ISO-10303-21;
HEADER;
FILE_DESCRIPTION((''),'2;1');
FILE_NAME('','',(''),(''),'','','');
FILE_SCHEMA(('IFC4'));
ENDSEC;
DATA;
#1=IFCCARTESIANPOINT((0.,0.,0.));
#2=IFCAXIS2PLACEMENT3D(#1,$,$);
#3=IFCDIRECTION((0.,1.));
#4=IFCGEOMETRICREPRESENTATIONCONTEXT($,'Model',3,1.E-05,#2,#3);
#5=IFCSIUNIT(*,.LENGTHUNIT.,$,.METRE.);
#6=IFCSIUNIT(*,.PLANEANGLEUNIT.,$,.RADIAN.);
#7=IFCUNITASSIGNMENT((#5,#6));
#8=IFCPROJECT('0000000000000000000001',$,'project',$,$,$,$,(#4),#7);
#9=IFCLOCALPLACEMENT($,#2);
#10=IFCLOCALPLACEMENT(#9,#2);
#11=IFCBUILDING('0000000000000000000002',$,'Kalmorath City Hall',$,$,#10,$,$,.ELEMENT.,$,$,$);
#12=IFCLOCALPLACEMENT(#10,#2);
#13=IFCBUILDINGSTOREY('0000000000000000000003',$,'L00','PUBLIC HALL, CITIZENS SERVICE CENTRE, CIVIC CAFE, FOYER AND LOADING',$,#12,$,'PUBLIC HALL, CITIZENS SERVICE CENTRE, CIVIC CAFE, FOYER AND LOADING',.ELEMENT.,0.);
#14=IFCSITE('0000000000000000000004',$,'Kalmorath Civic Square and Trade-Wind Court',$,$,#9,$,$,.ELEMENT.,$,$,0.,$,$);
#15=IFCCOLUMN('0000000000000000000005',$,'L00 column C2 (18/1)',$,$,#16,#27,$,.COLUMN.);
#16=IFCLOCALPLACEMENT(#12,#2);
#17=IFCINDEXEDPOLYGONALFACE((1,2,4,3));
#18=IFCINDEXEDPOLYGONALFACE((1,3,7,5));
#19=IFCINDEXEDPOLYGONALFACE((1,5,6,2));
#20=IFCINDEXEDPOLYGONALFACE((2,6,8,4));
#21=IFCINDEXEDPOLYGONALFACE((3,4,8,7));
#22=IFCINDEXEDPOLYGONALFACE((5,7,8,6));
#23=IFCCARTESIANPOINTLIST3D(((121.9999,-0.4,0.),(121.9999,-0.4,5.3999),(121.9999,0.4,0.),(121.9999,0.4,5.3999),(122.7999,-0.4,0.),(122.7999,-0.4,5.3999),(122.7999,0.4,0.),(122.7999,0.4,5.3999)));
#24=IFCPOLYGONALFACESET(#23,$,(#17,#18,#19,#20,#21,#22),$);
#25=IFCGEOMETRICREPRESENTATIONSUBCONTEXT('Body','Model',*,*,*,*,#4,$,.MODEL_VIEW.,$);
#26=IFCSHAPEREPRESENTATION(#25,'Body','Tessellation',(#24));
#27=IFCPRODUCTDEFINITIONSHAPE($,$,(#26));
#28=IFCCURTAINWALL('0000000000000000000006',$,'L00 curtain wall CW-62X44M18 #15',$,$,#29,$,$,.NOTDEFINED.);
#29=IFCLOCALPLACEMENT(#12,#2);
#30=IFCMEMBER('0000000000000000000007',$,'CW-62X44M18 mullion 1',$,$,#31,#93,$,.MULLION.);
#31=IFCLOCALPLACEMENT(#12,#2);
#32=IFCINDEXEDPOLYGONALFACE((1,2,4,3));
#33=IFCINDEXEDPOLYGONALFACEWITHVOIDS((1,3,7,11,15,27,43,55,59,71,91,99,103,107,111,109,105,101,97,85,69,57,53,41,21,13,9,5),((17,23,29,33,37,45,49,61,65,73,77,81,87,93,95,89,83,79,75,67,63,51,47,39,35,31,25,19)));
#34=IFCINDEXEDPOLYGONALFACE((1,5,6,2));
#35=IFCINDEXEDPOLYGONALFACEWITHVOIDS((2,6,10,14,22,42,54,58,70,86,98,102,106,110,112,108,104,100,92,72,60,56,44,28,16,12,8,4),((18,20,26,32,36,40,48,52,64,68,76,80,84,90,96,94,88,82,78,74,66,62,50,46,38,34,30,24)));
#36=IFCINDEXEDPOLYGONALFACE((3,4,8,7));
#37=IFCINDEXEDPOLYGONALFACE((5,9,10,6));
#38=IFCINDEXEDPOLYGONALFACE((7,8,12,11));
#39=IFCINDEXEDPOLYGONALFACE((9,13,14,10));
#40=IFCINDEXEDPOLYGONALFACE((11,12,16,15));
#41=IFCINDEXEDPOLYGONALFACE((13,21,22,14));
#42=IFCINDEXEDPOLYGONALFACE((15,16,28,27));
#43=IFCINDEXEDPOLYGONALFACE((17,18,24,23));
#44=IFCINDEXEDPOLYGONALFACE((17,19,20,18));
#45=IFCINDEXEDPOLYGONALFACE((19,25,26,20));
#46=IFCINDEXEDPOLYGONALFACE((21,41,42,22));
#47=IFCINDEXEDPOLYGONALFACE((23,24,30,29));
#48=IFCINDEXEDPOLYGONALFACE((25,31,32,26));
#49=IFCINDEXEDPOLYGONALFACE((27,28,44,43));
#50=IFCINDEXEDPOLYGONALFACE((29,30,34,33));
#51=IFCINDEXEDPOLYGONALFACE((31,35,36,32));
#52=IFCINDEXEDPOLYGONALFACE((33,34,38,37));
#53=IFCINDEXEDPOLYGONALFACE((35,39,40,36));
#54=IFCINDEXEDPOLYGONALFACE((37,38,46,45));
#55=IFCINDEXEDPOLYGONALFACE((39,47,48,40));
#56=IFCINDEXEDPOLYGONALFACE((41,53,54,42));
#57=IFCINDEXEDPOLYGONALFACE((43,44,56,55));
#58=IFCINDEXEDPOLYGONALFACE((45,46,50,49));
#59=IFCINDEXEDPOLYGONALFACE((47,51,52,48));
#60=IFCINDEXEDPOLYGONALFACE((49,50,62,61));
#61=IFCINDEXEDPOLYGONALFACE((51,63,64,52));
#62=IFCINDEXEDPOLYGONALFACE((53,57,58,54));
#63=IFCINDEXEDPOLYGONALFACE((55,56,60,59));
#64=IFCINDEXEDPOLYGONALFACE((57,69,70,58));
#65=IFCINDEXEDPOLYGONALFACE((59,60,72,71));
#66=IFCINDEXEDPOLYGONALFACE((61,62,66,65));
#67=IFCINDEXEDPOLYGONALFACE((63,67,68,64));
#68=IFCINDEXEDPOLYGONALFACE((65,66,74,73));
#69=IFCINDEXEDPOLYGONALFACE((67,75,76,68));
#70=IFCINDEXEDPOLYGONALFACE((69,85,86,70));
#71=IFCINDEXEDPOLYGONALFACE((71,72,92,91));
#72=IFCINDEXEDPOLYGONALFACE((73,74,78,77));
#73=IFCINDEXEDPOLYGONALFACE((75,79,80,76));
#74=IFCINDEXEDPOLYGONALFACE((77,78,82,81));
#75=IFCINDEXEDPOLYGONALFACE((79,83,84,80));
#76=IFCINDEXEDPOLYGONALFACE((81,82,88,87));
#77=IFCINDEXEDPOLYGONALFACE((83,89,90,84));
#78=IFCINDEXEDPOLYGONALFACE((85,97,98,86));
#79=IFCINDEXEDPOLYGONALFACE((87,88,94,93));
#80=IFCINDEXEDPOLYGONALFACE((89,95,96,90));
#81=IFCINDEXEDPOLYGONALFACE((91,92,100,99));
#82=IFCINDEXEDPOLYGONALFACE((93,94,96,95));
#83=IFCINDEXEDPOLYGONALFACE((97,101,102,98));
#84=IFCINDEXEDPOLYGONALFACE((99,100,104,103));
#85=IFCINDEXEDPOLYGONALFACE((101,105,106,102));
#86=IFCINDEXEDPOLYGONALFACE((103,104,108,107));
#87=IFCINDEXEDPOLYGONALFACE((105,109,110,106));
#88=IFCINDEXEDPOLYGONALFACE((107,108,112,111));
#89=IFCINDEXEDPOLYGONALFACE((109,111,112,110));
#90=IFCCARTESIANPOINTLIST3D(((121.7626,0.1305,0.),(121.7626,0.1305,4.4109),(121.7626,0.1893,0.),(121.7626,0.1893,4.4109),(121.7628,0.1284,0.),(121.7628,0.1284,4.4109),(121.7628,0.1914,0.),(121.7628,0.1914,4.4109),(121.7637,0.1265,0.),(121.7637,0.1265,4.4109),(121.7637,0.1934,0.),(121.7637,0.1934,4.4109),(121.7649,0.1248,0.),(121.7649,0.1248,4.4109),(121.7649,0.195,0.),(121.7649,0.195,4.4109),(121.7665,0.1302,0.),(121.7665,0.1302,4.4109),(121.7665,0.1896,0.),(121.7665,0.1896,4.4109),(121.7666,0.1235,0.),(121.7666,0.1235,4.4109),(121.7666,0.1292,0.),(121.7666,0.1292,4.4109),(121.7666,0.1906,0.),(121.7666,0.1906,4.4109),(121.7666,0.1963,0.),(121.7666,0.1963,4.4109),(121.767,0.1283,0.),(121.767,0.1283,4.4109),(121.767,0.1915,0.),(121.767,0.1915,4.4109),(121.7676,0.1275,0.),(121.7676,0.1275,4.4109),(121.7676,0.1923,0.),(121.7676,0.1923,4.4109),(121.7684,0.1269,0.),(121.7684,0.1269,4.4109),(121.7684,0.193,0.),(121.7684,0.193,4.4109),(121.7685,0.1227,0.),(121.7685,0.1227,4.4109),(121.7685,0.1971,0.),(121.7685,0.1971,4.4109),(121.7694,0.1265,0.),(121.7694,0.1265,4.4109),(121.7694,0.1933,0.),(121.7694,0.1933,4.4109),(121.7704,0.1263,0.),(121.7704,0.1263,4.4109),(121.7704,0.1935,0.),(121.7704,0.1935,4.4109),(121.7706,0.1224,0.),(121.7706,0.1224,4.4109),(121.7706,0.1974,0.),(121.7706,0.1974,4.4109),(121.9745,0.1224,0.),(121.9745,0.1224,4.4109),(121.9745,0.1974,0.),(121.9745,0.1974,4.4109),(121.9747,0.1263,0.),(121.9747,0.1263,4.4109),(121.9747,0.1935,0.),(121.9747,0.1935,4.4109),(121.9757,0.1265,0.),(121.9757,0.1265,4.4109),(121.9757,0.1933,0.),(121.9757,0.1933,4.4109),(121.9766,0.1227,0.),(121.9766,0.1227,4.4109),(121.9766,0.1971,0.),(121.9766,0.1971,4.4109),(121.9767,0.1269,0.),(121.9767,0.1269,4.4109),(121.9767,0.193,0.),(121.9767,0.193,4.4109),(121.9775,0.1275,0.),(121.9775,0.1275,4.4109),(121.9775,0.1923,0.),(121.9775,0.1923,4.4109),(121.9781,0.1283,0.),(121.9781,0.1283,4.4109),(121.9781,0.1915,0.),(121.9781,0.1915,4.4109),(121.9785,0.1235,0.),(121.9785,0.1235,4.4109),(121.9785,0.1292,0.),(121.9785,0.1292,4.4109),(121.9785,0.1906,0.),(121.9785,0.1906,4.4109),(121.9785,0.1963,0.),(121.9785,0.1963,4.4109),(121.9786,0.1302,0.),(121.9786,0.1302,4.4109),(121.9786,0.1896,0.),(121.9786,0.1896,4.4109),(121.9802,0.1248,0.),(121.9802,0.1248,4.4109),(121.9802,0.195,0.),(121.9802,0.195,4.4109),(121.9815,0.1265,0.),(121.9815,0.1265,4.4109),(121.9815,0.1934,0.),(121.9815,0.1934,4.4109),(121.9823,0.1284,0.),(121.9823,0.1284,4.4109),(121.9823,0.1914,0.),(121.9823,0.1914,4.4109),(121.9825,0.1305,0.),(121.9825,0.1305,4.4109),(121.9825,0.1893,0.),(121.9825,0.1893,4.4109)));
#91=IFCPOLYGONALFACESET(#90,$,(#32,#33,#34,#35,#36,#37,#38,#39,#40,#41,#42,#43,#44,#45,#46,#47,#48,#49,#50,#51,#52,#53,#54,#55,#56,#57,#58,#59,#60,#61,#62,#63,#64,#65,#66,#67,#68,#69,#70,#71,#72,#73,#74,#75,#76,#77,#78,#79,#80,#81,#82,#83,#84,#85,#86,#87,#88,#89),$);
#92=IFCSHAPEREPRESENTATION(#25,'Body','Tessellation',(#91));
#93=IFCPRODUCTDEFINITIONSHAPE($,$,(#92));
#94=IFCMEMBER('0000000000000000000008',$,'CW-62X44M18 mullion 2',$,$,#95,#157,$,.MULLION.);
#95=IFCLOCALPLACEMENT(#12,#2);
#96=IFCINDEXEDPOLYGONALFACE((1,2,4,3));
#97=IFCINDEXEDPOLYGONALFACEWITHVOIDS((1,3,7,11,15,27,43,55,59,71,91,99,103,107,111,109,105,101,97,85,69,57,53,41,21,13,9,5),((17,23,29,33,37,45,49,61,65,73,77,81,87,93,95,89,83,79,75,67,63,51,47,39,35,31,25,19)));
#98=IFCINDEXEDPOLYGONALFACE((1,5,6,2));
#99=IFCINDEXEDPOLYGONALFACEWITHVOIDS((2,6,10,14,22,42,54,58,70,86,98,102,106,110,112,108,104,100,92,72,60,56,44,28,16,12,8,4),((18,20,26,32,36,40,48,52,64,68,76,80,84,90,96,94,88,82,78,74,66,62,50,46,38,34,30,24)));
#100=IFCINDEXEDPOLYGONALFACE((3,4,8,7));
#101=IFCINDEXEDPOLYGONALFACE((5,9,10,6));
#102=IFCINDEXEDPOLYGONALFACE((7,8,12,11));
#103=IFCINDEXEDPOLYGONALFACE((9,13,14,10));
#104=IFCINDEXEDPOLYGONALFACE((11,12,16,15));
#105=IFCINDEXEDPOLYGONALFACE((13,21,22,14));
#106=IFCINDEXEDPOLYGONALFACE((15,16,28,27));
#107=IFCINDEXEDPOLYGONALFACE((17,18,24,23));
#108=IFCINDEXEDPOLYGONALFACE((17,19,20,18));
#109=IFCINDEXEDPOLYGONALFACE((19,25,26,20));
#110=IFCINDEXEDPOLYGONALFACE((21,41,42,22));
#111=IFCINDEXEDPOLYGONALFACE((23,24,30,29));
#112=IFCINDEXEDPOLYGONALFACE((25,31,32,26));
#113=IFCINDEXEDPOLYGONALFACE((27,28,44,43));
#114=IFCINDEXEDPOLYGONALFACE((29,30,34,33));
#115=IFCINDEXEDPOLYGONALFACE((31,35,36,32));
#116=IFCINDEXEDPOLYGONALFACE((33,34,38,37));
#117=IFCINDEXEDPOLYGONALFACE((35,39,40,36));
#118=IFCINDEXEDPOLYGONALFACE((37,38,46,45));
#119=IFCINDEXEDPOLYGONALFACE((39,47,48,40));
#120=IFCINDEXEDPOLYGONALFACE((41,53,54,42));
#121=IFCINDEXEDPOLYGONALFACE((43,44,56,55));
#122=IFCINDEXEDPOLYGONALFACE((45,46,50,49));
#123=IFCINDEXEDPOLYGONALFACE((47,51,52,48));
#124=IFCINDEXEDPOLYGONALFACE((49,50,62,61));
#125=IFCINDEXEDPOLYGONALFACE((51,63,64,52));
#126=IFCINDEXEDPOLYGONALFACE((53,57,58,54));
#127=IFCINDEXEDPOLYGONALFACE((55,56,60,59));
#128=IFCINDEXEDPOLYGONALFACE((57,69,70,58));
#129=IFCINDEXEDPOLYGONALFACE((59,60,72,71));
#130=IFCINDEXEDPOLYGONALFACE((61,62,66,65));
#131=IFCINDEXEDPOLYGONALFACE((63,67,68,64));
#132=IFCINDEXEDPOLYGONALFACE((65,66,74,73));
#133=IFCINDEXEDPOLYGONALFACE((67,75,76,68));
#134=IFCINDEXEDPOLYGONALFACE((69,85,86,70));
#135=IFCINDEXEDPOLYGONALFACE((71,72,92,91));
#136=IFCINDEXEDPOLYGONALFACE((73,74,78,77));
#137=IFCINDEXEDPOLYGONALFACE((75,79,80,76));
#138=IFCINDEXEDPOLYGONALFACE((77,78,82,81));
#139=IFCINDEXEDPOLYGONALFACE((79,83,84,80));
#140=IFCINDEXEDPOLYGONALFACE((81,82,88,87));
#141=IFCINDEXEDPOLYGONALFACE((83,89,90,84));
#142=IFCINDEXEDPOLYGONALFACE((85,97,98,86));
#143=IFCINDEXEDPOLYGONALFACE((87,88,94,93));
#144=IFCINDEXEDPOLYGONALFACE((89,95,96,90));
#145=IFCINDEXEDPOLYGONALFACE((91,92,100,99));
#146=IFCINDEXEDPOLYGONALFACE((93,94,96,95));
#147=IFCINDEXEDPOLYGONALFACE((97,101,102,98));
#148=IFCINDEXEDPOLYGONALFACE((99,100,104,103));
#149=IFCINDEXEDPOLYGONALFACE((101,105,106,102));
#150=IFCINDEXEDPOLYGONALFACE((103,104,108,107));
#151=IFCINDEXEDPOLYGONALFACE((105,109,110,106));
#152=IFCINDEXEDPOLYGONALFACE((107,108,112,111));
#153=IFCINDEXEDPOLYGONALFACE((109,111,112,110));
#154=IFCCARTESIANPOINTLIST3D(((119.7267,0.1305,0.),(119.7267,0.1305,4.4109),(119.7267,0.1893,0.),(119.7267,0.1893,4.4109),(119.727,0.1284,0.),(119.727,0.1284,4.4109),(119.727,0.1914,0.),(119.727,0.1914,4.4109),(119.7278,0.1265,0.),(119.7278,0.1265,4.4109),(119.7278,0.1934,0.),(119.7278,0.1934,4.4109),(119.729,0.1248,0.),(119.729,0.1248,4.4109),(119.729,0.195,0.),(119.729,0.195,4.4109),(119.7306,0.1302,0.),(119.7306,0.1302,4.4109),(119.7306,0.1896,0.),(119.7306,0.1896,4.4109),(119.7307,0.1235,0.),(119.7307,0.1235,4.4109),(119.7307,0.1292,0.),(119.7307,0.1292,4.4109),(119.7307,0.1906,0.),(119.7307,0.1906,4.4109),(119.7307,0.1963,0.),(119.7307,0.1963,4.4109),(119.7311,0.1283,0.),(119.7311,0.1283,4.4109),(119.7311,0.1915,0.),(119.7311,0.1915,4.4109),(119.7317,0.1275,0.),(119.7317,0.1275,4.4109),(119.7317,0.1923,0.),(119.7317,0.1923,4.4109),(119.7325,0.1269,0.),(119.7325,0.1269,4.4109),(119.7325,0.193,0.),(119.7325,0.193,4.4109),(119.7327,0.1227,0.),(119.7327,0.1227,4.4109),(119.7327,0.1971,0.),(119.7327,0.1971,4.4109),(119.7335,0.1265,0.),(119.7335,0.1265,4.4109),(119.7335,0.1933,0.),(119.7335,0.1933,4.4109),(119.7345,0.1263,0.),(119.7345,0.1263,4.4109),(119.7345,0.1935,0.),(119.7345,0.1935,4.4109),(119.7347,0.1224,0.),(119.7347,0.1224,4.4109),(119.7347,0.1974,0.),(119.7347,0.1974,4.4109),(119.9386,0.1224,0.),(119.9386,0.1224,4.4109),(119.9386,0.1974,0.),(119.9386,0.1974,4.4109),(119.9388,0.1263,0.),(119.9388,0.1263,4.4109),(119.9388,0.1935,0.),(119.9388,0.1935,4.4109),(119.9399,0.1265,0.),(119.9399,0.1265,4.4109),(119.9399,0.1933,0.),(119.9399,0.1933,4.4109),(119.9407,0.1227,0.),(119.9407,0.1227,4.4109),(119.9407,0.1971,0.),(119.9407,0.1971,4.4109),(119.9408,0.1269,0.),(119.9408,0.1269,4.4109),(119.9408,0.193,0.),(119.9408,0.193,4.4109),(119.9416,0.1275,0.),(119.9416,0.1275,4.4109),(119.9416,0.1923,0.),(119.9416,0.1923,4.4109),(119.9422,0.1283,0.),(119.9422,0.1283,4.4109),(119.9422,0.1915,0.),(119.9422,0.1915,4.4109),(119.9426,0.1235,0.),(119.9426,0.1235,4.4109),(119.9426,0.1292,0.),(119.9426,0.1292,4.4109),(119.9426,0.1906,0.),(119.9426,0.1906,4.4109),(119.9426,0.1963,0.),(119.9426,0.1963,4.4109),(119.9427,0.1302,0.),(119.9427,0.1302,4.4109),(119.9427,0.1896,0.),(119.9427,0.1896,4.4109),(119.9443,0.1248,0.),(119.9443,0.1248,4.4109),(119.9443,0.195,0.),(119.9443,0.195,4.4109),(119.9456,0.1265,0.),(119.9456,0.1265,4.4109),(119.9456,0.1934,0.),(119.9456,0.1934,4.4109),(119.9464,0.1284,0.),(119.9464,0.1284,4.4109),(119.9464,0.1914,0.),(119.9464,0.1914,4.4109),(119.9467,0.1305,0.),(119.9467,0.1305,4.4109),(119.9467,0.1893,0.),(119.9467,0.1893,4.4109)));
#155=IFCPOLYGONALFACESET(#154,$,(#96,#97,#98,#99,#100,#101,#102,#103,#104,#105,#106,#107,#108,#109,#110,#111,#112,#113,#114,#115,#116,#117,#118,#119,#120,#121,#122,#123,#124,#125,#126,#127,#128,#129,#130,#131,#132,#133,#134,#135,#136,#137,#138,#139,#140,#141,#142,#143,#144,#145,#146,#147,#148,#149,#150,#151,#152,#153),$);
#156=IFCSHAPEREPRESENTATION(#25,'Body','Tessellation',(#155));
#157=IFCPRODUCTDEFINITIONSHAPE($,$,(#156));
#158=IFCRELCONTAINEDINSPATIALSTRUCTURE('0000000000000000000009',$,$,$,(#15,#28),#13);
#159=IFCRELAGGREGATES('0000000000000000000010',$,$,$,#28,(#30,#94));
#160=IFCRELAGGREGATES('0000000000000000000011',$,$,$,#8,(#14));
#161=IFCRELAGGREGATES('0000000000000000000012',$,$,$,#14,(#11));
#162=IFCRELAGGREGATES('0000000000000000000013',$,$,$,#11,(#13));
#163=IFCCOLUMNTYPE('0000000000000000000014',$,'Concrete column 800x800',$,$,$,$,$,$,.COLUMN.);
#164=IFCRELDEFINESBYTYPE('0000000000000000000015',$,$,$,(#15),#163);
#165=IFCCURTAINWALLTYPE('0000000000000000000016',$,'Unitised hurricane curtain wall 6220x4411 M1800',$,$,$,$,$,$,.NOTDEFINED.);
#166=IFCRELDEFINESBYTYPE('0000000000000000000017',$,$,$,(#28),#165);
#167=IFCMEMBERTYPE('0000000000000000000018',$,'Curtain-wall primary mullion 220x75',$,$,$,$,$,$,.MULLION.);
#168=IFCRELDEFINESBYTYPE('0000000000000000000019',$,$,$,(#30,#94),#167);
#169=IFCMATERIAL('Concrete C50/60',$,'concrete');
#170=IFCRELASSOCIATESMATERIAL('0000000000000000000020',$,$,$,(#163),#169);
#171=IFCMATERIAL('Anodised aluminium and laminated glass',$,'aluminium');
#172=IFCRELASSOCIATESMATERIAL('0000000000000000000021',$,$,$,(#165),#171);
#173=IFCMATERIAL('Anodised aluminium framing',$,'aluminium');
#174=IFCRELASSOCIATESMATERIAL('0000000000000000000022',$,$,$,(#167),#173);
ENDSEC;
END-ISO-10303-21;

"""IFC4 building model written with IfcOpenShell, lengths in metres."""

from ifc_helpers import new_model, si_unit, direction, frame, origin, origin_2d, place, context, subcontext, project, spatial, rectangle, hollow_rectangle, extrude, material, material_profile, profile_set, type_object, element, aggregate, save


model = new_model("IFC4")

# Units and contexts
model_context = context("Model", 3, precision=1e-05, world=origin(), true_north=direction((0.0, 1.0)))
body_context = subcontext(model_context, "Body", "Model", "MODEL_VIEW")
ifc_project = project(units=[si_unit("LENGTHUNIT", "METRE"), si_unit("PLANEANGLEUNIT", "RADIAN")], contexts=[model_context])

# Site, building, storey
site_placement = place(None, origin())
site = spatial("IfcSite", under=ifc_project, at=site_placement, Name="Kalmorath Civic Square and Trade-Wind Court", CompositionType="ELEMENT", RefElevation=0.0)
building_placement = place(site_placement, origin())
building = spatial("IfcBuilding", under=site, at=building_placement, Name="Kalmorath City Hall", CompositionType="ELEMENT")
storey_placement = place(building_placement, origin())
storey = spatial("IfcBuildingStorey", under=building, at=storey_placement, Name="L00", Description="PUBLIC HALL, CITIZENS SERVICE CENTRE, CIVIC CAFE, FOYER AND LOADING", LongName="PUBLIC HALL, CITIZENS SERVICE CENTRE, CIVIC CAFE, FOYER AND LOADING", CompositionType="ELEMENT", Elevation=0.0)

# Column
ifc_material_1 = material(Name="Concrete C50/60", Category="concrete")
ifc_material_profile_1 = material_profile(ifc_material_1, rectangle(XDim=0.8, YDim=0.8, at=origin_2d()), Name="RC-COL-800X800")
ifc_profile_set_1 = profile_set([ifc_material_profile_1], Name="Concrete C50/60")
column_type = type_object("IfcColumnType", Name="Concrete column 800x800", PredefinedType="COLUMN", material=ifc_profile_set_1)
column_placement = place(storey_placement, frame((122.3999, 0.0, 0.0), z_axis=(0.0, 0.0, 1.0), x_axis=(1.0, 0.0, 0.0)))
element("IfcColumn", 1, at=column_placement, inside=storey, type_object=column_type, Name="L00 column C2 (18/1)", PredefinedType="COLUMN", context=body_context, shape_type="SweptSolid", body=[
    extrude(rectangle(XDim=0.8, YDim=0.8, at=origin_2d()), origin(), (0.0, 0.0, 1.0), 5.3999),
])

# Curtain wall, members
ifc_material_2 = material(Name="Anodised aluminium and laminated glass", Category="aluminium")
curtain_wall_type = type_object("IfcCurtainWallType", Name="Unitised hurricane curtain wall 6220x4411 M1800", PredefinedType="NOTDEFINED", material=ifc_material_2)
curtain_wall_placement = place(storey_placement, origin())
curtain_wall = element("IfcCurtainWall", 2, at=curtain_wall_placement, inside=storey, type_object=curtain_wall_type, Name="L00 curtain wall CW-62X44M18 #15", PredefinedType="NOTDEFINED")
ifc_material_3 = material(Name="Anodised aluminium framing", Category="aluminium")
ifc_material_profile_2 = material_profile(ifc_material_3, hollow_rectangle(XDim=0.075, YDim=0.22, WallThickness=0.0039, InnerFilletRadius=0.0039, OuterFilletRadius=0.0081, at=origin_2d()), Name="ALU-MUL-220X75X4")
ifc_profile_set_2 = profile_set([ifc_material_profile_2], Name="Anodised aluminium framing")
member_type_1 = type_object("IfcMemberType", Name="Curtain-wall primary mullion 220x75", PredefinedType="MULLION", material=ifc_profile_set_2)
member_1_placement = place(storey_placement, frame((121.8726, 0.1599, 0.0), z_axis=(0.0, 0.0, 1.0), x_axis=(0.0, -1.0, 0.0)))
member_1 = element("IfcMember", 3, at=member_1_placement, type_object=member_type_1, Name="CW-62X44M18 mullion 1", PredefinedType="MULLION", context=body_context, shape_type="SweptSolid", body=[
    extrude(hollow_rectangle(XDim=0.075, YDim=0.22, WallThickness=0.0039, InnerFilletRadius=0.0039, OuterFilletRadius=0.0081, at=origin_2d()), origin(), (0.0, 0.0, 1.0), 4.4109),
])
member_2_placement = place(storey_placement, frame((119.8367, 0.1599, 0.0), z_axis=(0.0, 0.0, 1.0), x_axis=(0.0, -1.0, 0.0)))
member_2 = element("IfcMember", 4, at=member_2_placement, type_object=member_type_1, Name="CW-62X44M18 mullion 2", PredefinedType="MULLION", context=body_context, shape_type="SweptSolid", body=[
    extrude(hollow_rectangle(XDim=0.075, YDim=0.22, WallThickness=0.0039, InnerFilletRadius=0.0039, OuterFilletRadius=0.0081, at=origin_2d()), origin(), (0.0, 0.0, 1.0), 4.4109),
])
aggregate(curtain_wall, [member_1, member_2])

save(model, "model.ifc")
